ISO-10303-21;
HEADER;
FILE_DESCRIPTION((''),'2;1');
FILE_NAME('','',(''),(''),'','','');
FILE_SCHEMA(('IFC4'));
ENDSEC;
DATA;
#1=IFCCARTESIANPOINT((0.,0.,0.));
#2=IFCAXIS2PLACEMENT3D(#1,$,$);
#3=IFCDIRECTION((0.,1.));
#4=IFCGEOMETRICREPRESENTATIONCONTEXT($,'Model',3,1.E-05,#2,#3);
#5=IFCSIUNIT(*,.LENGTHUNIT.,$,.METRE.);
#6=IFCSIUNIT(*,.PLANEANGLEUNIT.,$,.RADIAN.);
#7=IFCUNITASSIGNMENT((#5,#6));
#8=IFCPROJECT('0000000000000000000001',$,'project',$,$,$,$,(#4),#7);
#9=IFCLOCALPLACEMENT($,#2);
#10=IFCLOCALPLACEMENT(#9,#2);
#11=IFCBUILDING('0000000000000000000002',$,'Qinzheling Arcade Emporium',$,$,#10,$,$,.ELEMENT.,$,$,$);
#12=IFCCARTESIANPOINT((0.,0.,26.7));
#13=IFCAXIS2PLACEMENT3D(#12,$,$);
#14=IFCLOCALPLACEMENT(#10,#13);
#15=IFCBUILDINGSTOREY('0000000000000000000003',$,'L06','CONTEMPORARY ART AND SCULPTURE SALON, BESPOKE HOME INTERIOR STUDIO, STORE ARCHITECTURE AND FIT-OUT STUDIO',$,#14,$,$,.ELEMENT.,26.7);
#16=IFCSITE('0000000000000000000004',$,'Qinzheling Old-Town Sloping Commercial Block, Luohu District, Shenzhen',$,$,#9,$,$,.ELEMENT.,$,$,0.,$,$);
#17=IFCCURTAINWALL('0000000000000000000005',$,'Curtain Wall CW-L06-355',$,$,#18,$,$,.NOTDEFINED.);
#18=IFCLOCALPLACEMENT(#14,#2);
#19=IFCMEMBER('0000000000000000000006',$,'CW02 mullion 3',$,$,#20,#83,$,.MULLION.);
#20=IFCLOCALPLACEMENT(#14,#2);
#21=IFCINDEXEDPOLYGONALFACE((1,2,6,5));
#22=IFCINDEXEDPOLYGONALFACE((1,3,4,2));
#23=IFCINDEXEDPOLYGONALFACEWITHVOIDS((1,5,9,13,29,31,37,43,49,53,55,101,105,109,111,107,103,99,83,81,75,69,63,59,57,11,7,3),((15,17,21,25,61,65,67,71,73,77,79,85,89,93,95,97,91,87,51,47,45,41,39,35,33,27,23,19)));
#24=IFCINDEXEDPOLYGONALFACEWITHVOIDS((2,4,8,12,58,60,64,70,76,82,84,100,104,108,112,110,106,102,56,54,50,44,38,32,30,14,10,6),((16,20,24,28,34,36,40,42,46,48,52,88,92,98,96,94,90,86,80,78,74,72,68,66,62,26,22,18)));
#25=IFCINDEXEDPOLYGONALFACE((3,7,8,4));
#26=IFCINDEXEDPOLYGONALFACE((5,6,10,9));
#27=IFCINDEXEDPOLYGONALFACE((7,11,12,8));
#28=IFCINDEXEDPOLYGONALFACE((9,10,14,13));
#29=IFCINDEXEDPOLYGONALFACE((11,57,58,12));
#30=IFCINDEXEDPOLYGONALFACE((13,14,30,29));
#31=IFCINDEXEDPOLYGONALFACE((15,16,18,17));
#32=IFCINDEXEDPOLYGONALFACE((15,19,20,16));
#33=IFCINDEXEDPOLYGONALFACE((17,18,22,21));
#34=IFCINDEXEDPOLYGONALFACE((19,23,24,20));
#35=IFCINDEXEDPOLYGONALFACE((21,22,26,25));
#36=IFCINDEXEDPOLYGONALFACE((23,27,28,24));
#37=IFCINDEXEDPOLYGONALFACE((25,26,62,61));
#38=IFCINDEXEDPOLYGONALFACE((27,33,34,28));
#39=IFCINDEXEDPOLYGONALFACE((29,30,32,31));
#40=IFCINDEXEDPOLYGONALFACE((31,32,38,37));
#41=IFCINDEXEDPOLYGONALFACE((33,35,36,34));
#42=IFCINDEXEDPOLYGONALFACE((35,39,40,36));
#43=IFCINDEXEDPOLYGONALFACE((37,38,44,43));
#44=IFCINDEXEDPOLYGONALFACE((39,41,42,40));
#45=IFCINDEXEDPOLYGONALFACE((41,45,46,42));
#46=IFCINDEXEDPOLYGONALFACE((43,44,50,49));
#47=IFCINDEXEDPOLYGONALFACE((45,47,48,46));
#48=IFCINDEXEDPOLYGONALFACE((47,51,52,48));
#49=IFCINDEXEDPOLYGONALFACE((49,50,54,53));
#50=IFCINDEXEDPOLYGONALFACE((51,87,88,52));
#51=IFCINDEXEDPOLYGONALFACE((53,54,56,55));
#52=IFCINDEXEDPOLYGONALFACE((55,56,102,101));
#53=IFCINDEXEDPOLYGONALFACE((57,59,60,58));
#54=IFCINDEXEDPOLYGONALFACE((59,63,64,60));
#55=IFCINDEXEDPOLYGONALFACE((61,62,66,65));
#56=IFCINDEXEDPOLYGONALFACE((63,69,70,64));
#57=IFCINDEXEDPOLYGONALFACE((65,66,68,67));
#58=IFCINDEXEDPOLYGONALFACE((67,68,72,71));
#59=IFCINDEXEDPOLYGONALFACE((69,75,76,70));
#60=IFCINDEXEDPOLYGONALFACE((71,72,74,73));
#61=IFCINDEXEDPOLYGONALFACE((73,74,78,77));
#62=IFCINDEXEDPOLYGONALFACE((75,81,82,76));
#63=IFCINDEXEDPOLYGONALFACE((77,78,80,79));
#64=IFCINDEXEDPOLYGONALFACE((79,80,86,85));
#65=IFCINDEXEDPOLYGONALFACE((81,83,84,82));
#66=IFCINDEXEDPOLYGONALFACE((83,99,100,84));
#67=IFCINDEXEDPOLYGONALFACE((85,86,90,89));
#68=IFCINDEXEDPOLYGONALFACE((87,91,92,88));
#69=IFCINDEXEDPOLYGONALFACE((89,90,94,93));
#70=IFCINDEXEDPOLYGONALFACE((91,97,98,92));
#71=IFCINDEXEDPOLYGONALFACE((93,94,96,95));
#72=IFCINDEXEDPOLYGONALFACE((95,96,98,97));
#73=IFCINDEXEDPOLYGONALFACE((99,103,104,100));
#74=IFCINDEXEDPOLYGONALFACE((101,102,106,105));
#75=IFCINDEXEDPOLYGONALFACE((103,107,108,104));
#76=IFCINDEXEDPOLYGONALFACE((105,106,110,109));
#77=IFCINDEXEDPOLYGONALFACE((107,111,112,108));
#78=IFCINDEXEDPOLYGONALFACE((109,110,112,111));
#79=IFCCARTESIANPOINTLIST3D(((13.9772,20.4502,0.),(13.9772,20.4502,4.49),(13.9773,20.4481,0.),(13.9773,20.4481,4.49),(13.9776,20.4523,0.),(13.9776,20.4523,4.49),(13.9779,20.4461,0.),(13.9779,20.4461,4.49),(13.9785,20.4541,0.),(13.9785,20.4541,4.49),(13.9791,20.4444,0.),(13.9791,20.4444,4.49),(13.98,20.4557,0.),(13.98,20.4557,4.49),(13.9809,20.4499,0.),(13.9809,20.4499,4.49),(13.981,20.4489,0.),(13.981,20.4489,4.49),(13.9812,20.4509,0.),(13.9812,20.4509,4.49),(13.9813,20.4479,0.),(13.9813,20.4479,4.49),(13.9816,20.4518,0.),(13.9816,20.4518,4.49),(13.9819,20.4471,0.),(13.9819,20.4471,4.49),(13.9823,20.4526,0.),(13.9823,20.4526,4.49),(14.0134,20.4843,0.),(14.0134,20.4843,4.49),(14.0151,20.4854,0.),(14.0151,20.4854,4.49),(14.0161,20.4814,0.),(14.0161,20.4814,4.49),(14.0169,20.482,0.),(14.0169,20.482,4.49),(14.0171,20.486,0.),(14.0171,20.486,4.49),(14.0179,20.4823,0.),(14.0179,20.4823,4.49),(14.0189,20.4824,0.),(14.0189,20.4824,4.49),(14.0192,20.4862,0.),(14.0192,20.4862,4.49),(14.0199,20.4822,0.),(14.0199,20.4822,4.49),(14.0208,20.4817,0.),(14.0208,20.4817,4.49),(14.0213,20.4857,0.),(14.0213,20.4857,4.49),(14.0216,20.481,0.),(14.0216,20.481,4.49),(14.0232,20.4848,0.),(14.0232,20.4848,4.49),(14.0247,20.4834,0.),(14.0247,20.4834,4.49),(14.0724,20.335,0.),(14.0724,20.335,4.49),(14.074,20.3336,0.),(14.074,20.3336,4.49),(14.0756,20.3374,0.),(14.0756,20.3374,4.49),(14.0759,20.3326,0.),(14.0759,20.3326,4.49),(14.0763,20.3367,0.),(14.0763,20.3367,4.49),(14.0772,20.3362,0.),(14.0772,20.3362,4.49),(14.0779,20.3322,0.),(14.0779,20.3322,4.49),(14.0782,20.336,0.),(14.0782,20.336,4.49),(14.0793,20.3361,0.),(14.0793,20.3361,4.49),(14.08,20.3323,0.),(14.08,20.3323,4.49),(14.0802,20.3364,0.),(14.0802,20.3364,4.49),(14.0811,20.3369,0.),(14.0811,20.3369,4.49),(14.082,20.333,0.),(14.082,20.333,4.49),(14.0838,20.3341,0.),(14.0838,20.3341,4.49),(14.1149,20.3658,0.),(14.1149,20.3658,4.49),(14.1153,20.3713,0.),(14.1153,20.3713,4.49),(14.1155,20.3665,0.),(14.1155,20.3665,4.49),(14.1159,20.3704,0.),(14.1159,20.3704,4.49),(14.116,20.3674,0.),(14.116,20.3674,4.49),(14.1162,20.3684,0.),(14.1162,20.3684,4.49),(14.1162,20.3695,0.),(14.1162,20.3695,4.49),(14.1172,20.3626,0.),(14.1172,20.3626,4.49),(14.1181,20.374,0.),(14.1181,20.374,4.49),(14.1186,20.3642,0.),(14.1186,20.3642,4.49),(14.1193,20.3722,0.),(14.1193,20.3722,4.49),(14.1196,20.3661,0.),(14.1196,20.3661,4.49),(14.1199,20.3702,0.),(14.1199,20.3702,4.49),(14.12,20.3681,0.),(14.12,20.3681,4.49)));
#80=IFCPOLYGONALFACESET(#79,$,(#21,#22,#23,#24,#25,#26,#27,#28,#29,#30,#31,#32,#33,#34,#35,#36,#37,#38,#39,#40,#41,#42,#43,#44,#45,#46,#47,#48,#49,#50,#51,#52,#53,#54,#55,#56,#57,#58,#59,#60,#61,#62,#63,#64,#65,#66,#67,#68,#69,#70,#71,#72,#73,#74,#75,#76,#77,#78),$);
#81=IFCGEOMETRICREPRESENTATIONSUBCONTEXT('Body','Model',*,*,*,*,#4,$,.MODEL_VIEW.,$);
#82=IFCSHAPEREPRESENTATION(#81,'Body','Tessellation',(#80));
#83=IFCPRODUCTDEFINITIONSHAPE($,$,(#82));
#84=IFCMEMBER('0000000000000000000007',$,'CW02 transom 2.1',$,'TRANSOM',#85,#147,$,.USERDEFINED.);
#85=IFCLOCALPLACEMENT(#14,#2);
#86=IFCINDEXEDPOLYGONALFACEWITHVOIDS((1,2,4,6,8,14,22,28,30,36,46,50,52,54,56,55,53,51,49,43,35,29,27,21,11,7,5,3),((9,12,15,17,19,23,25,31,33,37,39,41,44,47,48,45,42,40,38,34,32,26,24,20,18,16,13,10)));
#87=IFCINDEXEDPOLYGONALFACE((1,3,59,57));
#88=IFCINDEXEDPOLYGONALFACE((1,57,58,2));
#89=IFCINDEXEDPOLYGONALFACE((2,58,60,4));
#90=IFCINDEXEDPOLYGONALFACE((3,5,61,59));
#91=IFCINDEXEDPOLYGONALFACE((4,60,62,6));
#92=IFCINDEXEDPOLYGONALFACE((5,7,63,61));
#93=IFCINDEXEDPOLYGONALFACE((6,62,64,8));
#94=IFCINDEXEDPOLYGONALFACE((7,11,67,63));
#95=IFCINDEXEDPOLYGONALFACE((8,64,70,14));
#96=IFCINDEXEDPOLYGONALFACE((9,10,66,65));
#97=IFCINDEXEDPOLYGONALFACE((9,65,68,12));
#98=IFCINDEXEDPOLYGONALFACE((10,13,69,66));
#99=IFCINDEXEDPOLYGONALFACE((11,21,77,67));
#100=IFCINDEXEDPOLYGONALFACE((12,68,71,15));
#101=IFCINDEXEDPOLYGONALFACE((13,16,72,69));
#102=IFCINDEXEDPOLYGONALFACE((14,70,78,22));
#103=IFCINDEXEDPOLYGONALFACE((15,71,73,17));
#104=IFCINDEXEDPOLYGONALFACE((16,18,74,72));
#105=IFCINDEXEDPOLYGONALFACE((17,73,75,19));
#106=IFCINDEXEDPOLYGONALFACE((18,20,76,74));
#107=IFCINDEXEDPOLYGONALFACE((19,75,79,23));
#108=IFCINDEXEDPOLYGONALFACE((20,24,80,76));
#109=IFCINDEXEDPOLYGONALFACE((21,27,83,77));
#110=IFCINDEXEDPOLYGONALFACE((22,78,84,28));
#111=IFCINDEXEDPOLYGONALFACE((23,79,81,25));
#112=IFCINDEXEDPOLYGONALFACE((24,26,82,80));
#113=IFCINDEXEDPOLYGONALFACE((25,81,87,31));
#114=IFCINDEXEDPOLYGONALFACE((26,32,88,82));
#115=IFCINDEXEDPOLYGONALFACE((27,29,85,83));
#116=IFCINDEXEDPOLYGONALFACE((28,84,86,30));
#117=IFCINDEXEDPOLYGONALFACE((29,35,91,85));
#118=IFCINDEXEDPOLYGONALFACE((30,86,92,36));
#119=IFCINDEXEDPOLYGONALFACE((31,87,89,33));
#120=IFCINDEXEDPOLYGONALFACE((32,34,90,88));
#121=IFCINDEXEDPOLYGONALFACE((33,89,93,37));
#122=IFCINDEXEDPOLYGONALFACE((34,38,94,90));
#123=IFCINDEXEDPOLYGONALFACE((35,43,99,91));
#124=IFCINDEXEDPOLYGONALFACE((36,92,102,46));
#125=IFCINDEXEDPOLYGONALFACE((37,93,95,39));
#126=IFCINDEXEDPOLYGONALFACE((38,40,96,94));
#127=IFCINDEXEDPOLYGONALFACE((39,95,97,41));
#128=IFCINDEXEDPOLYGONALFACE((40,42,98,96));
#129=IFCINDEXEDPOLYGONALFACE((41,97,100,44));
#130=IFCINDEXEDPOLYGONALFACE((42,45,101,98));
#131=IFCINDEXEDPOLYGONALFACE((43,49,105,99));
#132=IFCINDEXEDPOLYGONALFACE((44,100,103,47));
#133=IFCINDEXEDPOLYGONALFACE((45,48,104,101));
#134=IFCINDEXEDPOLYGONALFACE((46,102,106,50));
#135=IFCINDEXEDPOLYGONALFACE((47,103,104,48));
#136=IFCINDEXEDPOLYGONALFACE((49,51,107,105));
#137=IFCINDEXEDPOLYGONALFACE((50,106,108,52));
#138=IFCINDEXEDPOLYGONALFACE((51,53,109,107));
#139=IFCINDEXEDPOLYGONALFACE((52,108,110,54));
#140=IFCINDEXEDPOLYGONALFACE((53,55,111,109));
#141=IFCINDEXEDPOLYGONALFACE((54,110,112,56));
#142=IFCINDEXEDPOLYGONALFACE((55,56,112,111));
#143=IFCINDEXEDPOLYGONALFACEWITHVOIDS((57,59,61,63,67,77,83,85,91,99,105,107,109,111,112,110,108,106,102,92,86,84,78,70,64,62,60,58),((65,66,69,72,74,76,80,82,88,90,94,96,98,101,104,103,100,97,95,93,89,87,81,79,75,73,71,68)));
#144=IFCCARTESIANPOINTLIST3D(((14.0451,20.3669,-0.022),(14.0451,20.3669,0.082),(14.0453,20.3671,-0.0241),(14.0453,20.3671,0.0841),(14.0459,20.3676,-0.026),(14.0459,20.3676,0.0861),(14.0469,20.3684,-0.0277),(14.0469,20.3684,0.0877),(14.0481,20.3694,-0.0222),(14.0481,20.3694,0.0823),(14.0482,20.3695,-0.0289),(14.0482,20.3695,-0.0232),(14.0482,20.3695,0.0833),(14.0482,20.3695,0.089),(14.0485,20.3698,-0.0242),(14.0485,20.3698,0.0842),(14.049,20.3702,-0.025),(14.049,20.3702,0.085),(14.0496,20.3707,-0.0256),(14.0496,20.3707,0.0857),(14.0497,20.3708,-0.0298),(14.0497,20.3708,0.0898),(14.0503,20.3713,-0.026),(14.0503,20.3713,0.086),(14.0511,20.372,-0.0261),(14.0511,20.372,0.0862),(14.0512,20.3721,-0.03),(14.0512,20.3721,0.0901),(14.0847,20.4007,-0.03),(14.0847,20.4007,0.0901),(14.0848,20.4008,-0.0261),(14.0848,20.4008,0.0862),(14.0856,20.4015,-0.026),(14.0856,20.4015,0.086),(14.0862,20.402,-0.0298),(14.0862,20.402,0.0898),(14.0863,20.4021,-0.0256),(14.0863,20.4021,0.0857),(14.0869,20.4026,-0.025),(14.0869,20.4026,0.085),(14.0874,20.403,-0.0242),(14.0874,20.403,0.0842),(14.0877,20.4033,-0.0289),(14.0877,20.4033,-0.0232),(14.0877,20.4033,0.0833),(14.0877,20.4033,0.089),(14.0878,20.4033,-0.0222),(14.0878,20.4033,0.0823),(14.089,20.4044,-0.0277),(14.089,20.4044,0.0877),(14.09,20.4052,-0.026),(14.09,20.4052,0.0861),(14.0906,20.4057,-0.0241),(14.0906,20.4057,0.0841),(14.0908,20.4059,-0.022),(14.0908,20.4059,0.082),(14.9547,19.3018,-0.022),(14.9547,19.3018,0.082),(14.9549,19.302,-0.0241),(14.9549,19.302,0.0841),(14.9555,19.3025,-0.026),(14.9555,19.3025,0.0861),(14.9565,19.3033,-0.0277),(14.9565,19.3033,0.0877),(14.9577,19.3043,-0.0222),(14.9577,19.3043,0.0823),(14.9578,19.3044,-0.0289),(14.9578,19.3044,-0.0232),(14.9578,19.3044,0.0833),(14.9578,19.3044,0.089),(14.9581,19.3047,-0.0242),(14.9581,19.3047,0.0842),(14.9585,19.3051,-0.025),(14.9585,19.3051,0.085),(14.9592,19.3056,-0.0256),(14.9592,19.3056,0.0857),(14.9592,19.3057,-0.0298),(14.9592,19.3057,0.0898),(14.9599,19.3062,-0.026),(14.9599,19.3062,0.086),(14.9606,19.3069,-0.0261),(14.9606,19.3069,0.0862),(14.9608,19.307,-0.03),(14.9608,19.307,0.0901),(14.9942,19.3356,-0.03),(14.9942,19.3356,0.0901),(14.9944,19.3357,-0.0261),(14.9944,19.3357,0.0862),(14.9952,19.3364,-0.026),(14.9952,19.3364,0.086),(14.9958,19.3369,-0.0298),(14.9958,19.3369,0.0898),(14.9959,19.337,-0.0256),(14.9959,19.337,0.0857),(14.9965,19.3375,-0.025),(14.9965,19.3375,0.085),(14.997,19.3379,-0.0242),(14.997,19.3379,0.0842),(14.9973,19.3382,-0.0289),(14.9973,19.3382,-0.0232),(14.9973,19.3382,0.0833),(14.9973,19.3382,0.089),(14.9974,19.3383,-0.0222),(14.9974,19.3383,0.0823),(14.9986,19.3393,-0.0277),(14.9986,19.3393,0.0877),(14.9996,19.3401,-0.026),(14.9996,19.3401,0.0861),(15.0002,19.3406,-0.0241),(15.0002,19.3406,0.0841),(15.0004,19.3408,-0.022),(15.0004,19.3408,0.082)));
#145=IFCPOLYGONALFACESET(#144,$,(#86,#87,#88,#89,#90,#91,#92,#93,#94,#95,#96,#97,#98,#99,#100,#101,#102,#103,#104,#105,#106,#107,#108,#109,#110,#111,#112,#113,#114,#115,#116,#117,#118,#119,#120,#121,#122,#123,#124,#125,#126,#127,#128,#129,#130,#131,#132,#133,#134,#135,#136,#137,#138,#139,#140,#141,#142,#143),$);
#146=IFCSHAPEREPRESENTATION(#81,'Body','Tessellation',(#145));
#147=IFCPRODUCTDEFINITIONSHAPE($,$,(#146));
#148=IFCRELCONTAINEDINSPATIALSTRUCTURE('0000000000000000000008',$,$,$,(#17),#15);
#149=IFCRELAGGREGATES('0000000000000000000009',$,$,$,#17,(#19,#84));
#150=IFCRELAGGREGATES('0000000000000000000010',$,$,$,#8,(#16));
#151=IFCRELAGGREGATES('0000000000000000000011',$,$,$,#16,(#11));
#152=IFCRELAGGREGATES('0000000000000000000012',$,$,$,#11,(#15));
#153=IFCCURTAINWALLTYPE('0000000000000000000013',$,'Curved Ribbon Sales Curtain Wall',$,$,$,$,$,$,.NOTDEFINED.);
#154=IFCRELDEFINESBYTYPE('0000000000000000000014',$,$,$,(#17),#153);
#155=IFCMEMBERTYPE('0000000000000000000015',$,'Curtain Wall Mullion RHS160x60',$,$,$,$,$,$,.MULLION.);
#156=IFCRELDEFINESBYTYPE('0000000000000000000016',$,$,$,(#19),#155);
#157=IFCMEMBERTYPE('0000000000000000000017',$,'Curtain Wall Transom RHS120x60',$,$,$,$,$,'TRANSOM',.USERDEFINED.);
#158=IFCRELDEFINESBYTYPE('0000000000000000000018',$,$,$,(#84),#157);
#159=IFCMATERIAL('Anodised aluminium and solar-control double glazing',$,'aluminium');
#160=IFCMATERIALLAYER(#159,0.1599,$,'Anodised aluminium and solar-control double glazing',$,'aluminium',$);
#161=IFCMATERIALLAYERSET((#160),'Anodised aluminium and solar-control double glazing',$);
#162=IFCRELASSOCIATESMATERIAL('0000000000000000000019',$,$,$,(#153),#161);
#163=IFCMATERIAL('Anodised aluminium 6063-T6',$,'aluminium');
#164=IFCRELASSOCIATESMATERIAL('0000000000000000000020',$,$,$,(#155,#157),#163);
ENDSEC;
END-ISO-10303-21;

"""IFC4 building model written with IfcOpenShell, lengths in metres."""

from ifc_helpers import new_model, si_unit, direction, frame, origin, origin_2d, place, context, subcontext, project, spatial, hollow_rectangle, extrude, material, layer, layer_set, material_profile, profile_set, type_object, element, aggregate, save


model = new_model("IFC4")

# Units and contexts
model_context = context("Model", 3, precision=1e-05, world=origin(), true_north=direction((0.0, 1.0)))
body_context = subcontext(model_context, "Body", "Model", "MODEL_VIEW")
ifc_project = project(units=[si_unit("LENGTHUNIT", "METRE"), si_unit("PLANEANGLEUNIT", "RADIAN")], contexts=[model_context])

# Site, building, storey
site_placement = place(None, origin())
site = spatial("IfcSite", under=ifc_project, at=site_placement, Name="Qinzheling Old-Town Sloping Commercial Block, Luohu District, Shenzhen", CompositionType="ELEMENT", RefElevation=0.0)
building_placement = place(site_placement, origin())
building = spatial("IfcBuilding", under=site, at=building_placement, Name="Qinzheling Arcade Emporium", CompositionType="ELEMENT")
storey_placement = place(building_placement, frame((0.0, 0.0, 26.7)))
storey = spatial("IfcBuildingStorey", under=building, at=storey_placement, Name="L06", Description="CONTEMPORARY ART AND SCULPTURE SALON, BESPOKE HOME INTERIOR STUDIO, STORE ARCHITECTURE AND FIT-OUT STUDIO", CompositionType="ELEMENT", Elevation=26.7)

# Curtain wall, members
ifc_material_1 = material(Name="Anodised aluminium and solar-control double glazing", Category="aluminium")
ifc_layer_1 = layer(ifc_material_1, 0.1599, Name="Anodised aluminium and solar-control double glazing", Category="aluminium")
ifc_layer_set_1 = layer_set([ifc_layer_1], Name="Anodised aluminium and solar-control double glazing")
curtain_wall_type = type_object("IfcCurtainWallType", Name="Curved Ribbon Sales Curtain Wall", PredefinedType="NOTDEFINED", material=ifc_layer_set_1)
curtain_wall_placement = place(storey_placement, origin())
curtain_wall = element("IfcCurtainWall", 1, at=curtain_wall_placement, inside=storey, type_object=curtain_wall_type, Name="Curtain Wall CW-L06-355", PredefinedType="NOTDEFINED")
ifc_material_2 = material(Name="Anodised aluminium 6063-T6", Category="aluminium")
ifc_material_profile_1 = material_profile(ifc_material_2, hollow_rectangle(XDim=0.0601, YDim=0.1599, WallThickness=0.0039, InnerFilletRadius=0.0039, OuterFilletRadius=0.0081, at=origin_2d()), Name="RHS 160x60x4", Category="aluminium")
ifc_profile_set_1 = profile_set([ifc_material_profile_1], Name="Anodised aluminium 6063-T6")
member_type_1 = type_object("IfcMemberType", Name="Curtain Wall Mullion RHS160x60", PredefinedType="MULLION", material=ifc_profile_set_1)
member_1_placement = place(storey_placement, frame((14.0486, 20.4092, 0.0), z_axis=(0.0, 0.0, 1.0), x_axis=(-0.760439, -0.649409, 0.0)))
member_1 = element("IfcMember", 2, at=member_1_placement, type_object=member_type_1, Name="CW02 mullion 3", PredefinedType="MULLION", context=body_context, shape_type="SweptSolid", body=[
    extrude(hollow_rectangle(XDim=0.0601, YDim=0.1599, WallThickness=0.0039, InnerFilletRadius=0.0039, OuterFilletRadius=0.0081, at=origin_2d()), origin(), (0.0, 0.0, 1.0), 4.49),
])
ifc_material_profile_2 = material_profile(ifc_material_2, hollow_rectangle(XDim=0.0601, YDim=0.1201, WallThickness=0.0039, InnerFilletRadius=0.0039, OuterFilletRadius=0.0081, at=origin_2d()), Name="RHS 120x60x4", Category="aluminium")
ifc_profile_set_2 = profile_set([ifc_material_profile_2], Name="Anodised aluminium 6063-T6")
member_type_2 = type_object("IfcMemberType", Name="Curtain Wall Transom RHS120x60", ElementType="TRANSOM", PredefinedType="USERDEFINED", material=ifc_profile_set_2)
member_2_placement = place(storey_placement, frame((14.9775, 19.3213, 0.03), z_axis=(-0.649412, 0.760436, 0.0), x_axis=(-0.760436, -0.649412, 0.0)))
member_2 = element("IfcMember", 3, at=member_2_placement, type_object=member_type_2, Name="CW02 transom 2.1", ObjectType="TRANSOM", PredefinedType="USERDEFINED", context=body_context, shape_type="SweptSolid", body=[
    extrude(hollow_rectangle(XDim=0.0601, YDim=0.1201, WallThickness=0.0039, InnerFilletRadius=0.0039, OuterFilletRadius=0.0081, at=origin_2d()), origin(), (0.0, 0.0, 1.0), 1.4006),
])

aggregate(curtain_wall, [member_1, member_2])

save(model, "model.ifc")
